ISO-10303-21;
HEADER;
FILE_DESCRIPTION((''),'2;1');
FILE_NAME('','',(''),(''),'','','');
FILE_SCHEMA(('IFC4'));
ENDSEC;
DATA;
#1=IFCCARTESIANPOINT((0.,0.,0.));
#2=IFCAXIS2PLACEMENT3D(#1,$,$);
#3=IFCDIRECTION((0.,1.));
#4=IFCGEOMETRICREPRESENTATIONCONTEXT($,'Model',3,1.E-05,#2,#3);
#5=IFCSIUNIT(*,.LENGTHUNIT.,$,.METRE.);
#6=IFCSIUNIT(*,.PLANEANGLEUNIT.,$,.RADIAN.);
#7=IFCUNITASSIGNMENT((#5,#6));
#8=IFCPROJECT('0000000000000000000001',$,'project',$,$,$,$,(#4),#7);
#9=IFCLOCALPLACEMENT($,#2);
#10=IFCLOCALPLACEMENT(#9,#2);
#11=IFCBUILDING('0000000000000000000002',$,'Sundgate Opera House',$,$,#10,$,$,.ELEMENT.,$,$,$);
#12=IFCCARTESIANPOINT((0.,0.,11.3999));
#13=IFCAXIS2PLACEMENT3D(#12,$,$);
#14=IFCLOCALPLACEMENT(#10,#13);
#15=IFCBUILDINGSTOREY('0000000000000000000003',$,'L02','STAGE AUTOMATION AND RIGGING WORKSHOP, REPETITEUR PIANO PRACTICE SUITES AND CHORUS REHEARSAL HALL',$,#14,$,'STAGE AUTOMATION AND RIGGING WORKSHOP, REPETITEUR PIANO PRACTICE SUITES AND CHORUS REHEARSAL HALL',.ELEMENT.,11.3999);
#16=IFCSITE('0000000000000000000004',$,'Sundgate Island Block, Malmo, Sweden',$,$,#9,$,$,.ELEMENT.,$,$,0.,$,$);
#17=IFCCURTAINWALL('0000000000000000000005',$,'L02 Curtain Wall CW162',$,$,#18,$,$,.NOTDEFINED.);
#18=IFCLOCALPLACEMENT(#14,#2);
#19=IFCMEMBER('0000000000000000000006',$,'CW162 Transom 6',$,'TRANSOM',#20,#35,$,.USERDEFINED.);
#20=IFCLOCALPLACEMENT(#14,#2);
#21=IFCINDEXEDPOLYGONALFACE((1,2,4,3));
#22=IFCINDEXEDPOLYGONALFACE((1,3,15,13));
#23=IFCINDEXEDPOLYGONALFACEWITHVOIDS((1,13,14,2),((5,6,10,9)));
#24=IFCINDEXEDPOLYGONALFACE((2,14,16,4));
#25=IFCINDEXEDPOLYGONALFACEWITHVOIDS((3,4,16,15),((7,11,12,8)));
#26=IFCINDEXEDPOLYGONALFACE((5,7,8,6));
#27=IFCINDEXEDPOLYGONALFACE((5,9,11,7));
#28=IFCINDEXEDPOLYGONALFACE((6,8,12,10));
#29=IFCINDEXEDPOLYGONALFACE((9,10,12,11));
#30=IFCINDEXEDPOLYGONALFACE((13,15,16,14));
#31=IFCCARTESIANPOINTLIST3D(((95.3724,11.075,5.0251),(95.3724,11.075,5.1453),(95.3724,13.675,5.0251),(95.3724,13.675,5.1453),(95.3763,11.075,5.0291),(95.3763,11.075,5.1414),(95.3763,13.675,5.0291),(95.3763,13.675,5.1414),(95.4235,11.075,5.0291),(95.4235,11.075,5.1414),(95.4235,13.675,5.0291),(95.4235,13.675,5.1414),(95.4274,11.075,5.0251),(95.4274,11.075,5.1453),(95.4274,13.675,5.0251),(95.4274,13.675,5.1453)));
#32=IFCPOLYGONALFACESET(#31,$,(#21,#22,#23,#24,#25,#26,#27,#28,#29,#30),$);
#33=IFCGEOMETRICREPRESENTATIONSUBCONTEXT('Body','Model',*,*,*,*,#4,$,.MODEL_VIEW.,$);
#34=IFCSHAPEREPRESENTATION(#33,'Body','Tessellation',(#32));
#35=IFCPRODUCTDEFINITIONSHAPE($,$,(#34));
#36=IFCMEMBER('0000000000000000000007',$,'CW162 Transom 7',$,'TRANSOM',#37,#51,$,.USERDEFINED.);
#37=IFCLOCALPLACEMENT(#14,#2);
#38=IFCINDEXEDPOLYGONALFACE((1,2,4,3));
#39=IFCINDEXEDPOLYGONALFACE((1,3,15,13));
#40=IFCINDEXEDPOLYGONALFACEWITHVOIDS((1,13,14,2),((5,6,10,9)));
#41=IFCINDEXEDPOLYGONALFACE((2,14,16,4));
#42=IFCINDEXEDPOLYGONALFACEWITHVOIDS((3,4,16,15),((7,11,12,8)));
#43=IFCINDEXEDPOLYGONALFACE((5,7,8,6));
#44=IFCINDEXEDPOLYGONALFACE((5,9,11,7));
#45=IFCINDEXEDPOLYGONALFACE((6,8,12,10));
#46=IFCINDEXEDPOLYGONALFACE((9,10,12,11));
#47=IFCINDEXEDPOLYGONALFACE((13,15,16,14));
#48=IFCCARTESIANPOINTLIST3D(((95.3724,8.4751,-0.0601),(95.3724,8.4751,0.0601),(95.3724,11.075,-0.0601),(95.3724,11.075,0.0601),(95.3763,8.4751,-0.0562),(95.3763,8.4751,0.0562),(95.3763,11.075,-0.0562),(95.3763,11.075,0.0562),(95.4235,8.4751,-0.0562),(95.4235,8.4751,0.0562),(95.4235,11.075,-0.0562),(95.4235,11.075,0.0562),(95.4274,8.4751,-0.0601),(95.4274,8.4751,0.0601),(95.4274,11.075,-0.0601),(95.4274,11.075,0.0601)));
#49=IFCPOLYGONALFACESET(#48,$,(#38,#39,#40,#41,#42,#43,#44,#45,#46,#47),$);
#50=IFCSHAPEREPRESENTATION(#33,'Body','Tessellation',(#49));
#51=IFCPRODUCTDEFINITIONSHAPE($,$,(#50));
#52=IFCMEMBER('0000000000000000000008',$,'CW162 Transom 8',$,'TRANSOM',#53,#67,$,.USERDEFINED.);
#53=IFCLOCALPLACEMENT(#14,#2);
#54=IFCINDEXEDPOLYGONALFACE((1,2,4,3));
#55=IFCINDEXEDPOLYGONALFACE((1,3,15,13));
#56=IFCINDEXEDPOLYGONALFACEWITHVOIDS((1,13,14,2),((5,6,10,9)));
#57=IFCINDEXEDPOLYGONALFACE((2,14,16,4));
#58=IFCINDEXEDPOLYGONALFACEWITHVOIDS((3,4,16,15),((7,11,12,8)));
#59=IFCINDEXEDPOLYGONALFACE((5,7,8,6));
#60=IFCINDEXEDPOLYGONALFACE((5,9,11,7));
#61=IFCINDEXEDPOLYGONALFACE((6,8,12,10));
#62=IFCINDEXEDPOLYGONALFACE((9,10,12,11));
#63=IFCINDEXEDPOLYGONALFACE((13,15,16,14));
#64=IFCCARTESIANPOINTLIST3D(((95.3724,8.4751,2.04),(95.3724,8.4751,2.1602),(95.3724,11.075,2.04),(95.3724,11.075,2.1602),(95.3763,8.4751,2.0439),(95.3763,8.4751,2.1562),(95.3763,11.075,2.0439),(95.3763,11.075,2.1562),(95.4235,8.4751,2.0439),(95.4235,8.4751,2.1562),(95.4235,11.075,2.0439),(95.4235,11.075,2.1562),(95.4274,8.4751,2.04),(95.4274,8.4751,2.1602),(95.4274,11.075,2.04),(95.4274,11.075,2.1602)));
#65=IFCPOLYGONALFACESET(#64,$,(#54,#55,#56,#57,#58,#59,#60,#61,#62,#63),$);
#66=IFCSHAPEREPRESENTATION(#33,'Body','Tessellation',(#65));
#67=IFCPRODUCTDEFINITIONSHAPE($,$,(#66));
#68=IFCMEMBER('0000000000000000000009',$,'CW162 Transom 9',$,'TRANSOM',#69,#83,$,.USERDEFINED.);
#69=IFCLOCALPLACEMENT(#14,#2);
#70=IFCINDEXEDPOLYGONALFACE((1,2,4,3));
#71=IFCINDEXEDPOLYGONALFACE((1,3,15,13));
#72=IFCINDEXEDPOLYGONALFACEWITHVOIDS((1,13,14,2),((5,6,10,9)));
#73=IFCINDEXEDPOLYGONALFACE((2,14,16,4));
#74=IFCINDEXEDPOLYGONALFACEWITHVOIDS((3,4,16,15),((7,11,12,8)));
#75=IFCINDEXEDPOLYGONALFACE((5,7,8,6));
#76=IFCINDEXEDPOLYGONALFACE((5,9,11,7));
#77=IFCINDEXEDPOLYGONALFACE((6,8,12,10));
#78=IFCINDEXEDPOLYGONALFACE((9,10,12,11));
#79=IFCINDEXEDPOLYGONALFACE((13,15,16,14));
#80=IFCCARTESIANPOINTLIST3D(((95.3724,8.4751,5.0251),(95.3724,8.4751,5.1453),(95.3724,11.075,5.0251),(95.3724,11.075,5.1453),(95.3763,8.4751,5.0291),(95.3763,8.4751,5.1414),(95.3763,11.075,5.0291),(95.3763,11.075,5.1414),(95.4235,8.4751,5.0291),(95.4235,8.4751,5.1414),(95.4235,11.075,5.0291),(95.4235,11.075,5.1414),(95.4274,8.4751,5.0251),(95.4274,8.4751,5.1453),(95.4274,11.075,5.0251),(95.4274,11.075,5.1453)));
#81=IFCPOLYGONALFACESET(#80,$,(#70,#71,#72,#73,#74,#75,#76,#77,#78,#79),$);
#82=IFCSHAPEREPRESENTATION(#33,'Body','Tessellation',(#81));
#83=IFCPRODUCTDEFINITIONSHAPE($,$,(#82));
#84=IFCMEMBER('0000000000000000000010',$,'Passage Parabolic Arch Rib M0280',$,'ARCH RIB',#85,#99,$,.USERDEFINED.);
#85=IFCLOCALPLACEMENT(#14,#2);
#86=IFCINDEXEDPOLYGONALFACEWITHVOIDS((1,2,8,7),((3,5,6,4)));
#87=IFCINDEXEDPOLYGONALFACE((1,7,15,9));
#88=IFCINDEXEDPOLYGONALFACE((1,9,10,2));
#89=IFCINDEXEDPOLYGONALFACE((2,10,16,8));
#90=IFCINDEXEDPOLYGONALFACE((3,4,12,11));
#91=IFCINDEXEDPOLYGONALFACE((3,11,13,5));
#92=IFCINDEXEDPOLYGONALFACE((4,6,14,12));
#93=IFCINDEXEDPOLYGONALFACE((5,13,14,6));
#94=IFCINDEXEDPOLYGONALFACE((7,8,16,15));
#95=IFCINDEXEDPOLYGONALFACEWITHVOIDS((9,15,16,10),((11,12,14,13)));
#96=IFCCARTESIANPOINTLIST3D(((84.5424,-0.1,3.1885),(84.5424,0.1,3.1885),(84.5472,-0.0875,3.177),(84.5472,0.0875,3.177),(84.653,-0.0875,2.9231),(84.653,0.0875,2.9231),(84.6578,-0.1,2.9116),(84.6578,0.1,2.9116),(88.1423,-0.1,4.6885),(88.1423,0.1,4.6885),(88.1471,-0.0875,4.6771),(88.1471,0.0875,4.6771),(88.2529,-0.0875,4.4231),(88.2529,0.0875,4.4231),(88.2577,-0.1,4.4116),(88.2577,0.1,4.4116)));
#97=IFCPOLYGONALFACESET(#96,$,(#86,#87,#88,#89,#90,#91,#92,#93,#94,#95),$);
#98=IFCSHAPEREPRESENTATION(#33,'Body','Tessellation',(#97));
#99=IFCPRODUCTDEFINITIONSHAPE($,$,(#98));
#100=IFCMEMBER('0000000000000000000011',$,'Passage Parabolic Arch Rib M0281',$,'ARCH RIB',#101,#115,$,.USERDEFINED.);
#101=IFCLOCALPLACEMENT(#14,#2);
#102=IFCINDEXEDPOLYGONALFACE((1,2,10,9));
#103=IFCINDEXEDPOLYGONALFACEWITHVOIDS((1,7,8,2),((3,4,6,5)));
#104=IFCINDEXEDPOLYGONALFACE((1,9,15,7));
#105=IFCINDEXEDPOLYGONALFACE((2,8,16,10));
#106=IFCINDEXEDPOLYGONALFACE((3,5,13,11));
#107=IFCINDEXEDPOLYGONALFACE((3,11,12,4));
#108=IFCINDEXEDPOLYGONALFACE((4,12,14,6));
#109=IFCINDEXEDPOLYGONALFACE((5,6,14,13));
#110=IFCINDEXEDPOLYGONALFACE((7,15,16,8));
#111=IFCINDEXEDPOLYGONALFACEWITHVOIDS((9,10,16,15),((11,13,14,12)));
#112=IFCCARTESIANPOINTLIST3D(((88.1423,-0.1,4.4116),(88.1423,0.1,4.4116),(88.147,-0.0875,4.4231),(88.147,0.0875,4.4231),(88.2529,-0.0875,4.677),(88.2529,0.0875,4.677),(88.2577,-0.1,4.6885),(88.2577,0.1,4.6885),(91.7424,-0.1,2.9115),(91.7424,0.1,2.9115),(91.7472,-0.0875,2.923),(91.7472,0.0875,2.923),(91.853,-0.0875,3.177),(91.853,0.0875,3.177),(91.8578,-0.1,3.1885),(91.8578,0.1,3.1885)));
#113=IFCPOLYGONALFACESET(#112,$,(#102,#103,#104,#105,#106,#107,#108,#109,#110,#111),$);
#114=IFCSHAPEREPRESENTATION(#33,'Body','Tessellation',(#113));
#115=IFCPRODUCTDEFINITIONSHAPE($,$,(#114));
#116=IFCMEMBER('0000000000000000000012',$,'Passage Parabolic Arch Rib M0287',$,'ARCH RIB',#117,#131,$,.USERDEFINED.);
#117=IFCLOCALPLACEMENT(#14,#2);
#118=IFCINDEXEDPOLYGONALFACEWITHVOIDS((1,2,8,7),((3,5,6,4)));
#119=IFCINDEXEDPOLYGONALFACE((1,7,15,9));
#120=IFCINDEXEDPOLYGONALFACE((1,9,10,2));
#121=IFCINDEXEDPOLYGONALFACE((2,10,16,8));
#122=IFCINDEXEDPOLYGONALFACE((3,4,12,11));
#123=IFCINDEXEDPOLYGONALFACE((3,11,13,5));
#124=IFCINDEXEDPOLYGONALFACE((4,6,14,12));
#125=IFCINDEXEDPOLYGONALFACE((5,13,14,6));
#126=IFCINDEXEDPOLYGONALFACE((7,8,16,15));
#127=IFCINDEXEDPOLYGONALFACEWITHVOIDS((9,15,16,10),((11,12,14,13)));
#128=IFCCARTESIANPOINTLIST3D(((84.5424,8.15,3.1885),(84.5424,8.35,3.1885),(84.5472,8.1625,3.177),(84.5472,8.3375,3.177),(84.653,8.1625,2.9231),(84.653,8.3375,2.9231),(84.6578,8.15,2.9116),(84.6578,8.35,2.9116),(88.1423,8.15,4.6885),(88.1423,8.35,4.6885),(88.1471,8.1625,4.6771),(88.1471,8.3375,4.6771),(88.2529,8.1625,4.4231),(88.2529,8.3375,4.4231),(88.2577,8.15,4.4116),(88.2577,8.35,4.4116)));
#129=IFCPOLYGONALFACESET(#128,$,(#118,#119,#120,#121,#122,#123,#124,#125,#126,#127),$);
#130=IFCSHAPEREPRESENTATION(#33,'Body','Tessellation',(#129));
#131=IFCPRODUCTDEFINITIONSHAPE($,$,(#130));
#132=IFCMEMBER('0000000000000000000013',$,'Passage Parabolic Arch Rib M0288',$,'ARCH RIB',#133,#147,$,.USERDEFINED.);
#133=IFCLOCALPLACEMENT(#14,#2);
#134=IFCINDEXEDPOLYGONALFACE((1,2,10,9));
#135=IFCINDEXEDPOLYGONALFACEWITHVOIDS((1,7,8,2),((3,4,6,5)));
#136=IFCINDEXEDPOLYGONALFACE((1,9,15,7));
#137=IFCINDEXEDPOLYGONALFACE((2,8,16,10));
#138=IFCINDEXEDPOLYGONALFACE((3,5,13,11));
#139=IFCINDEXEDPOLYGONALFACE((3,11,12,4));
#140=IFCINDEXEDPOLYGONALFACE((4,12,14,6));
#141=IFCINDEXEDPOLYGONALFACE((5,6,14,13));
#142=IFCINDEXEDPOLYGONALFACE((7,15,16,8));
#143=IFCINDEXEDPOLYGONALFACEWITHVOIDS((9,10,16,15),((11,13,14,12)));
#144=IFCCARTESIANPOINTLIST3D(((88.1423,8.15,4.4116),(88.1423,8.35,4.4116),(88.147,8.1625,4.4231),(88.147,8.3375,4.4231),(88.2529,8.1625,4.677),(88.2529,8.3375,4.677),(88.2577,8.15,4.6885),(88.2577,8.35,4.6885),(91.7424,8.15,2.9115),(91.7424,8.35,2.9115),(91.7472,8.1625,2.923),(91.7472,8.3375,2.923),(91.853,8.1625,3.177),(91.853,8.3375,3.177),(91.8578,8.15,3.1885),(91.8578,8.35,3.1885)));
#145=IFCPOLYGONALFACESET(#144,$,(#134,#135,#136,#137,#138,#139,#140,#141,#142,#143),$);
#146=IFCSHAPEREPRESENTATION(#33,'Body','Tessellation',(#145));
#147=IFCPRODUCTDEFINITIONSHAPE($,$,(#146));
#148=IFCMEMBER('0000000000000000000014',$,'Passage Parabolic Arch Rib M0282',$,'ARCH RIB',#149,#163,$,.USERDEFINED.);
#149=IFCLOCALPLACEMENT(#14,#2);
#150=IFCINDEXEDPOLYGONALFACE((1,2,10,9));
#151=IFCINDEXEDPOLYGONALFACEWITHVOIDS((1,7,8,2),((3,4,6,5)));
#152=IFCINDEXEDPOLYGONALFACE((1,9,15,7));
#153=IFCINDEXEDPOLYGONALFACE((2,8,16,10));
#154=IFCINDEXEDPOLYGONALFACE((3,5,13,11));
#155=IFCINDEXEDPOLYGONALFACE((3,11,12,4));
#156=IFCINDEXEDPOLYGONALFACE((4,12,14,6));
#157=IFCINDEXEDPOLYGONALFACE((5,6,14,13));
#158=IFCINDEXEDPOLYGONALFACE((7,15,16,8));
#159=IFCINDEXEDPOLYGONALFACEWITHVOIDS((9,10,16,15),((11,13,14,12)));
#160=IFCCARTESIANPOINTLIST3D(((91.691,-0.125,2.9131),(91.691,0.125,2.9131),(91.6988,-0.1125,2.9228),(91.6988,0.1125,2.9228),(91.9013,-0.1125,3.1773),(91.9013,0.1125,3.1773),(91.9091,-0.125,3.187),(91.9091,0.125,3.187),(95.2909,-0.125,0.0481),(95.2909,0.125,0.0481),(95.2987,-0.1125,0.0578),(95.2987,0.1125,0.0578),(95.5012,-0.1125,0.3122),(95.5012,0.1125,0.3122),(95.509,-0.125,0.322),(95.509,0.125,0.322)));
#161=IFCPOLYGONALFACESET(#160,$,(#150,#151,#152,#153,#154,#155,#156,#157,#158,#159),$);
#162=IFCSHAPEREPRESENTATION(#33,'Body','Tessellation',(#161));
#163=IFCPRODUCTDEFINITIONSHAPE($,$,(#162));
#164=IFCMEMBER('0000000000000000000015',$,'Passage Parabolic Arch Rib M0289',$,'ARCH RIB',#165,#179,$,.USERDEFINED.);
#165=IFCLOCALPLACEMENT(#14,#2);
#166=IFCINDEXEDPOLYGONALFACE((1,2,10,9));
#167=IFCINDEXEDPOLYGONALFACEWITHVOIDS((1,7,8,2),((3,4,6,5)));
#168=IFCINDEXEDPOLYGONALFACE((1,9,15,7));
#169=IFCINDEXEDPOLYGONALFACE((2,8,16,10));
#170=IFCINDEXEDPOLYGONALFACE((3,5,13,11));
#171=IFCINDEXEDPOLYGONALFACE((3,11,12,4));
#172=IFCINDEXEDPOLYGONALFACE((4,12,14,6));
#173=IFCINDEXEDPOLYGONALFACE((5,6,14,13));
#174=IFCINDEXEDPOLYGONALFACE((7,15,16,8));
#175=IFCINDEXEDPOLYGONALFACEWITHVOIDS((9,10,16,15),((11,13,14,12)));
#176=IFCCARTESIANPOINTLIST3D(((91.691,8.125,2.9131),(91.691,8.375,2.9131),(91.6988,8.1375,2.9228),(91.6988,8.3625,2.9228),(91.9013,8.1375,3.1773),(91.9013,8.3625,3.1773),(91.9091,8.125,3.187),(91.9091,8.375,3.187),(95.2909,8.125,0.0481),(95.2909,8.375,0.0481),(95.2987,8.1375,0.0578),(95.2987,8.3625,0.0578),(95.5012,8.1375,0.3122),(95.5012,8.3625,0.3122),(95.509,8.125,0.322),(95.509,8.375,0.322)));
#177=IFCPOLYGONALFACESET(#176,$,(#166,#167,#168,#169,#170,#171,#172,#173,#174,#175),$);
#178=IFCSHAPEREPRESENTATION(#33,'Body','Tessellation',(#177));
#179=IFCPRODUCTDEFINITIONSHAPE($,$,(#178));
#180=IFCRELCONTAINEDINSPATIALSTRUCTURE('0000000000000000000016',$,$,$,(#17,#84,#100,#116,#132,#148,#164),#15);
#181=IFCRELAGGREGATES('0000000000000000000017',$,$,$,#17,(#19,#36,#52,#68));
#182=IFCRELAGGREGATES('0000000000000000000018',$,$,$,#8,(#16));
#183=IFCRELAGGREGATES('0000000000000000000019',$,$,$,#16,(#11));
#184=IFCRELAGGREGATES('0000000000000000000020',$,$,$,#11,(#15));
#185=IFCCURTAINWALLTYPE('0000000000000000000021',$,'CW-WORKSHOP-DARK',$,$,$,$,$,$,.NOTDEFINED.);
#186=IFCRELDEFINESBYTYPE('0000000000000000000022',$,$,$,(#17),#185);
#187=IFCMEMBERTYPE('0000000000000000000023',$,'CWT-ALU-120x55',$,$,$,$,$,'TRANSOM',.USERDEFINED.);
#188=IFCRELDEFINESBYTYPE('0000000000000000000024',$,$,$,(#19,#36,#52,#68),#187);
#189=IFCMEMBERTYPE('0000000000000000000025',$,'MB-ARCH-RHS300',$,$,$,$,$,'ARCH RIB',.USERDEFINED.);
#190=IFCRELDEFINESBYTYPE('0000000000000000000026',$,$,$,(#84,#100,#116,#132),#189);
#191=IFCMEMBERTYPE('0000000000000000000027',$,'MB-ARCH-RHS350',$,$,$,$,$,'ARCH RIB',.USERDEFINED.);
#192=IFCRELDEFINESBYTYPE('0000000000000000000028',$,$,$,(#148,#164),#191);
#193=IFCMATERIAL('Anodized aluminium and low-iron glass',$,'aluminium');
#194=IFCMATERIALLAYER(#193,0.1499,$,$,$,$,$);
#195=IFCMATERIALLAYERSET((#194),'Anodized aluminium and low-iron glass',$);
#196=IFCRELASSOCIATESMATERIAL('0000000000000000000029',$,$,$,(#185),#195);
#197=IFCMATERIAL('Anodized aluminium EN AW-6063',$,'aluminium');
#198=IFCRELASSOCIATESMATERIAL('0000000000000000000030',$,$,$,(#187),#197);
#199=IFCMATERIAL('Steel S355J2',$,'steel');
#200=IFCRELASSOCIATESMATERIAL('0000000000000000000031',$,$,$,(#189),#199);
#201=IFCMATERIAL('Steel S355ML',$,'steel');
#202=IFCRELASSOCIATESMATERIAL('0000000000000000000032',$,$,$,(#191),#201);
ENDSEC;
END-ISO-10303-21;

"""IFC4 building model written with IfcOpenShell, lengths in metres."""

from ifc_helpers import new_model, si_unit, direction, frame, origin, origin_2d, place, context, subcontext, project, spatial, hollow_rectangle, extrude, material, layer, layer_set, material_profile, profile_set, type_object, element, aggregate, save


model = new_model("IFC4")

# Units and contexts
model_context = context("Model", 3, precision=1e-05, world=origin(), true_north=direction((0.0, 1.0)))
body_context = subcontext(model_context, "Body", "Model", "MODEL_VIEW")
ifc_project = project(units=[si_unit("LENGTHUNIT", "METRE"), si_unit("PLANEANGLEUNIT", "RADIAN")], contexts=[model_context])

# Site, building, storey
site_placement = place(None, origin())
site = spatial("IfcSite", under=ifc_project, at=site_placement, Name="Sundgate Island Block, Malmo, Sweden", CompositionType="ELEMENT", RefElevation=0.0)
building_placement = place(site_placement, origin())
building = spatial("IfcBuilding", under=site, at=building_placement, Name="Sundgate Opera House", CompositionType="ELEMENT")
storey_placement = place(building_placement, frame((0.0, 0.0, 11.3999)))
storey = spatial("IfcBuildingStorey", under=building, at=storey_placement, Name="L02", Description="STAGE AUTOMATION AND RIGGING WORKSHOP, REPETITEUR PIANO PRACTICE SUITES AND CHORUS REHEARSAL HALL", LongName="STAGE AUTOMATION AND RIGGING WORKSHOP, REPETITEUR PIANO PRACTICE SUITES AND CHORUS REHEARSAL HALL", CompositionType="ELEMENT", Elevation=11.3999)

# Curtain wall, members
ifc_material_1 = material(Name="Anodized aluminium and low-iron glass", Category="aluminium")
ifc_layer_1 = layer(ifc_material_1, 0.1499)
ifc_layer_set_1 = layer_set([ifc_layer_1], Name="Anodized aluminium and low-iron glass")
curtain_wall_type = type_object("IfcCurtainWallType", Name="CW-WORKSHOP-DARK", PredefinedType="NOTDEFINED", material=ifc_layer_set_1)
curtain_wall_placement = place(storey_placement, origin())
curtain_wall = element("IfcCurtainWall", 1, at=curtain_wall_placement, inside=storey, type_object=curtain_wall_type, Name="L02 Curtain Wall CW162", PredefinedType="NOTDEFINED")
ifc_material_2 = material(Name="Anodized aluminium EN AW-6063", Category="aluminium")
ifc_material_profile_1 = material_profile(ifc_material_2, hollow_rectangle(XDim=0.0549, YDim=0.1201, WallThickness=0.0039, at=origin_2d()), Name="CWT 120x55x4")
ifc_profile_set_1 = profile_set([ifc_material_profile_1], Name="Anodized aluminium EN AW-6063")
member_type_1 = type_object("IfcMemberType", Name="CWT-ALU-120x55", ElementType="TRANSOM", PredefinedType="USERDEFINED", material=ifc_profile_set_1)
member_1_placement = place(storey_placement, frame((95.3999, 13.675, 5.0852), z_axis=(0.0, -1.0, 0.0), x_axis=(1.0, 0.0, 0.0)))
member_1 = element("IfcMember", 2, at=member_1_placement, type_object=member_type_1, Name="CW162 Transom 6", ObjectType="TRANSOM", PredefinedType="USERDEFINED", context=body_context, shape_type="SweptSolid", body=[
    extrude(hollow_rectangle(XDim=0.0549, YDim=0.1201, WallThickness=0.0039, at=origin_2d()), origin(), (0.0, 0.0, 1.0), 2.6001),
])
member_2_placement = place(storey_placement, frame((95.3999, 11.075, 0.0), z_axis=(0.0, -1.0, 0.0), x_axis=(1.0, 0.0, 0.0)))
member_2 = element("IfcMember", 3, at=member_2_placement, type_object=member_type_1, Name="CW162 Transom 7", ObjectType="TRANSOM", PredefinedType="USERDEFINED", context=body_context, shape_type="SweptSolid", body=[
    extrude(hollow_rectangle(XDim=0.0549, YDim=0.1201, WallThickness=0.0039, at=origin_2d()), origin(), (0.0, 0.0, 1.0), 2.5999),
])
member_3_placement = place(storey_placement, frame((95.3999, 11.075, 2.1001), z_axis=(0.0, -1.0, 0.0), x_axis=(1.0, 0.0, 0.0)))
member_3 = element("IfcMember", 4, at=member_3_placement, type_object=member_type_1, Name="CW162 Transom 8", ObjectType="TRANSOM", PredefinedType="USERDEFINED", context=body_context, shape_type="SweptSolid", body=[
    extrude(hollow_rectangle(XDim=0.0549, YDim=0.1201, WallThickness=0.0039, at=origin_2d()), origin(), (0.0, 0.0, 1.0), 2.5999),
])
member_4_placement = place(storey_placement, frame((95.3999, 11.075, 5.0852), z_axis=(0.0, -1.0, 0.0), x_axis=(1.0, 0.0, 0.0)))
member_4 = element("IfcMember", 5, at=member_4_placement, type_object=member_type_1, Name="CW162 Transom 9", ObjectType="TRANSOM", PredefinedType="USERDEFINED", context=body_context, shape_type="SweptSolid", body=[
    extrude(hollow_rectangle(XDim=0.0549, YDim=0.1201, WallThickness=0.0039, at=origin_2d()), origin(), (0.0, 0.0, 1.0), 2.5999),
])

# Members
ifc_material_3 = material(Name="Steel S355J2", Category="steel")
ifc_material_profile_2 = material_profile(ifc_material_3, hollow_rectangle(XDim=0.2, YDim=0.3, WallThickness=0.0125, at=origin_2d()), Name="RHS 300x200x12.5")
ifc_profile_set_2 = profile_set([ifc_material_profile_2], Name="Steel S355J2")
member_type_2 = type_object("IfcMemberType", Name="MB-ARCH-RHS300", ElementType="ARCH RIB", PredefinedType="USERDEFINED", material=ifc_profile_set_2)
member_5_placement = place(storey_placement, frame((84.6001, 0.0, 3.05), z_axis=(0.923071, 0.0, 0.384629), x_axis=(0.0, 1.0, 0.0)))
element("IfcMember", 6, at=member_5_placement, inside=storey, type_object=member_type_2, Name="Passage Parabolic Arch Rib M0280", ObjectType="ARCH RIB", PredefinedType="USERDEFINED", context=body_context, shape_type="SweptSolid", body=[
    extrude(hollow_rectangle(XDim=0.2, YDim=0.3, WallThickness=0.0125, at=origin_2d()), origin(), (0.0, 0.0, 1.0), 3.8999),
])
member_6_placement = place(storey_placement, frame((88.2, 0.0, 4.55), z_axis=(0.923081, 0.0, -0.384606), x_axis=(0.0, 1.0, 0.0)))
element("IfcMember", 7, at=member_6_placement, inside=storey, type_object=member_type_2, Name="Passage Parabolic Arch Rib M0281", ObjectType="ARCH RIB", PredefinedType="USERDEFINED", context=body_context, shape_type="SweptSolid", body=[
    extrude(hollow_rectangle(XDim=0.2, YDim=0.3, WallThickness=0.0125, at=origin_2d()), origin(), (0.0, 0.0, 1.0), 3.9001),
])
member_7_placement = place(storey_placement, frame((84.6001, 8.25, 3.05), z_axis=(0.923071, 0.0, 0.384629), x_axis=(0.0, 1.0, 0.0)))
element("IfcMember", 8, at=member_7_placement, inside=storey, type_object=member_type_2, Name="Passage Parabolic Arch Rib M0287", ObjectType="ARCH RIB", PredefinedType="USERDEFINED", context=body_context, shape_type="SweptSolid", body=[
    extrude(hollow_rectangle(XDim=0.2, YDim=0.3, WallThickness=0.0125, at=origin_2d()), origin(), (0.0, 0.0, 1.0), 3.8999),
])
member_8_placement = place(storey_placement, frame((88.2, 8.25, 4.55), z_axis=(0.923081, 0.0, -0.384606), x_axis=(0.0, 1.0, 0.0)))
element("IfcMember", 9, at=member_8_placement, inside=storey, type_object=member_type_2, Name="Passage Parabolic Arch Rib M0288", ObjectType="ARCH RIB", PredefinedType="USERDEFINED", context=body_context, shape_type="SweptSolid", body=[
    extrude(hollow_rectangle(XDim=0.2, YDim=0.3, WallThickness=0.0125, at=origin_2d()), origin(), (0.0, 0.0, 1.0), 3.9001),
])
ifc_material_4 = material(Name="Steel S355ML", Category="steel")
ifc_material_profile_3 = material_profile(ifc_material_4, hollow_rectangle(XDim=0.25, YDim=0.3501, WallThickness=0.0125, at=origin_2d()), Name="RHS 350x250x12.5")
ifc_profile_set_3 = profile_set([ifc_material_profile_3], Name="Steel S355ML")
member_type_3 = type_object("IfcMemberType", Name="MB-ARCH-RHS350", ElementType="ARCH RIB", PredefinedType="USERDEFINED", material=ifc_profile_set_3)
for number, where, z_axis, x_axis, name in (
    (10, (91.8, 0.0, 3.05), (0.782445, 0.0, -0.622719), (0.0, 1.0, 0.0), "Passage Parabolic Arch Rib M0282"),
    (11, (91.8, 8.25, 3.05), (0.782445, 0.0, -0.622719), (0.0, 1.0, 0.0), "Passage Parabolic Arch Rib M0289"),
):
    element("IfcMember", number, at=place(storey_placement, frame(where, z_axis=z_axis, x_axis=x_axis)), inside=storey, type_object=member_type_3, Name=name, ObjectType="ARCH RIB", PredefinedType="USERDEFINED", context=body_context, shape_type="SweptSolid", body=[
        extrude(hollow_rectangle(XDim=0.25, YDim=0.3501, WallThickness=0.0125, at=origin_2d()), origin(), (0.0, 0.0, 1.0), 4.6008),
    ])

aggregate(curtain_wall, [member_1, member_2, member_3, member_4])

save(model, "model.ifc")
